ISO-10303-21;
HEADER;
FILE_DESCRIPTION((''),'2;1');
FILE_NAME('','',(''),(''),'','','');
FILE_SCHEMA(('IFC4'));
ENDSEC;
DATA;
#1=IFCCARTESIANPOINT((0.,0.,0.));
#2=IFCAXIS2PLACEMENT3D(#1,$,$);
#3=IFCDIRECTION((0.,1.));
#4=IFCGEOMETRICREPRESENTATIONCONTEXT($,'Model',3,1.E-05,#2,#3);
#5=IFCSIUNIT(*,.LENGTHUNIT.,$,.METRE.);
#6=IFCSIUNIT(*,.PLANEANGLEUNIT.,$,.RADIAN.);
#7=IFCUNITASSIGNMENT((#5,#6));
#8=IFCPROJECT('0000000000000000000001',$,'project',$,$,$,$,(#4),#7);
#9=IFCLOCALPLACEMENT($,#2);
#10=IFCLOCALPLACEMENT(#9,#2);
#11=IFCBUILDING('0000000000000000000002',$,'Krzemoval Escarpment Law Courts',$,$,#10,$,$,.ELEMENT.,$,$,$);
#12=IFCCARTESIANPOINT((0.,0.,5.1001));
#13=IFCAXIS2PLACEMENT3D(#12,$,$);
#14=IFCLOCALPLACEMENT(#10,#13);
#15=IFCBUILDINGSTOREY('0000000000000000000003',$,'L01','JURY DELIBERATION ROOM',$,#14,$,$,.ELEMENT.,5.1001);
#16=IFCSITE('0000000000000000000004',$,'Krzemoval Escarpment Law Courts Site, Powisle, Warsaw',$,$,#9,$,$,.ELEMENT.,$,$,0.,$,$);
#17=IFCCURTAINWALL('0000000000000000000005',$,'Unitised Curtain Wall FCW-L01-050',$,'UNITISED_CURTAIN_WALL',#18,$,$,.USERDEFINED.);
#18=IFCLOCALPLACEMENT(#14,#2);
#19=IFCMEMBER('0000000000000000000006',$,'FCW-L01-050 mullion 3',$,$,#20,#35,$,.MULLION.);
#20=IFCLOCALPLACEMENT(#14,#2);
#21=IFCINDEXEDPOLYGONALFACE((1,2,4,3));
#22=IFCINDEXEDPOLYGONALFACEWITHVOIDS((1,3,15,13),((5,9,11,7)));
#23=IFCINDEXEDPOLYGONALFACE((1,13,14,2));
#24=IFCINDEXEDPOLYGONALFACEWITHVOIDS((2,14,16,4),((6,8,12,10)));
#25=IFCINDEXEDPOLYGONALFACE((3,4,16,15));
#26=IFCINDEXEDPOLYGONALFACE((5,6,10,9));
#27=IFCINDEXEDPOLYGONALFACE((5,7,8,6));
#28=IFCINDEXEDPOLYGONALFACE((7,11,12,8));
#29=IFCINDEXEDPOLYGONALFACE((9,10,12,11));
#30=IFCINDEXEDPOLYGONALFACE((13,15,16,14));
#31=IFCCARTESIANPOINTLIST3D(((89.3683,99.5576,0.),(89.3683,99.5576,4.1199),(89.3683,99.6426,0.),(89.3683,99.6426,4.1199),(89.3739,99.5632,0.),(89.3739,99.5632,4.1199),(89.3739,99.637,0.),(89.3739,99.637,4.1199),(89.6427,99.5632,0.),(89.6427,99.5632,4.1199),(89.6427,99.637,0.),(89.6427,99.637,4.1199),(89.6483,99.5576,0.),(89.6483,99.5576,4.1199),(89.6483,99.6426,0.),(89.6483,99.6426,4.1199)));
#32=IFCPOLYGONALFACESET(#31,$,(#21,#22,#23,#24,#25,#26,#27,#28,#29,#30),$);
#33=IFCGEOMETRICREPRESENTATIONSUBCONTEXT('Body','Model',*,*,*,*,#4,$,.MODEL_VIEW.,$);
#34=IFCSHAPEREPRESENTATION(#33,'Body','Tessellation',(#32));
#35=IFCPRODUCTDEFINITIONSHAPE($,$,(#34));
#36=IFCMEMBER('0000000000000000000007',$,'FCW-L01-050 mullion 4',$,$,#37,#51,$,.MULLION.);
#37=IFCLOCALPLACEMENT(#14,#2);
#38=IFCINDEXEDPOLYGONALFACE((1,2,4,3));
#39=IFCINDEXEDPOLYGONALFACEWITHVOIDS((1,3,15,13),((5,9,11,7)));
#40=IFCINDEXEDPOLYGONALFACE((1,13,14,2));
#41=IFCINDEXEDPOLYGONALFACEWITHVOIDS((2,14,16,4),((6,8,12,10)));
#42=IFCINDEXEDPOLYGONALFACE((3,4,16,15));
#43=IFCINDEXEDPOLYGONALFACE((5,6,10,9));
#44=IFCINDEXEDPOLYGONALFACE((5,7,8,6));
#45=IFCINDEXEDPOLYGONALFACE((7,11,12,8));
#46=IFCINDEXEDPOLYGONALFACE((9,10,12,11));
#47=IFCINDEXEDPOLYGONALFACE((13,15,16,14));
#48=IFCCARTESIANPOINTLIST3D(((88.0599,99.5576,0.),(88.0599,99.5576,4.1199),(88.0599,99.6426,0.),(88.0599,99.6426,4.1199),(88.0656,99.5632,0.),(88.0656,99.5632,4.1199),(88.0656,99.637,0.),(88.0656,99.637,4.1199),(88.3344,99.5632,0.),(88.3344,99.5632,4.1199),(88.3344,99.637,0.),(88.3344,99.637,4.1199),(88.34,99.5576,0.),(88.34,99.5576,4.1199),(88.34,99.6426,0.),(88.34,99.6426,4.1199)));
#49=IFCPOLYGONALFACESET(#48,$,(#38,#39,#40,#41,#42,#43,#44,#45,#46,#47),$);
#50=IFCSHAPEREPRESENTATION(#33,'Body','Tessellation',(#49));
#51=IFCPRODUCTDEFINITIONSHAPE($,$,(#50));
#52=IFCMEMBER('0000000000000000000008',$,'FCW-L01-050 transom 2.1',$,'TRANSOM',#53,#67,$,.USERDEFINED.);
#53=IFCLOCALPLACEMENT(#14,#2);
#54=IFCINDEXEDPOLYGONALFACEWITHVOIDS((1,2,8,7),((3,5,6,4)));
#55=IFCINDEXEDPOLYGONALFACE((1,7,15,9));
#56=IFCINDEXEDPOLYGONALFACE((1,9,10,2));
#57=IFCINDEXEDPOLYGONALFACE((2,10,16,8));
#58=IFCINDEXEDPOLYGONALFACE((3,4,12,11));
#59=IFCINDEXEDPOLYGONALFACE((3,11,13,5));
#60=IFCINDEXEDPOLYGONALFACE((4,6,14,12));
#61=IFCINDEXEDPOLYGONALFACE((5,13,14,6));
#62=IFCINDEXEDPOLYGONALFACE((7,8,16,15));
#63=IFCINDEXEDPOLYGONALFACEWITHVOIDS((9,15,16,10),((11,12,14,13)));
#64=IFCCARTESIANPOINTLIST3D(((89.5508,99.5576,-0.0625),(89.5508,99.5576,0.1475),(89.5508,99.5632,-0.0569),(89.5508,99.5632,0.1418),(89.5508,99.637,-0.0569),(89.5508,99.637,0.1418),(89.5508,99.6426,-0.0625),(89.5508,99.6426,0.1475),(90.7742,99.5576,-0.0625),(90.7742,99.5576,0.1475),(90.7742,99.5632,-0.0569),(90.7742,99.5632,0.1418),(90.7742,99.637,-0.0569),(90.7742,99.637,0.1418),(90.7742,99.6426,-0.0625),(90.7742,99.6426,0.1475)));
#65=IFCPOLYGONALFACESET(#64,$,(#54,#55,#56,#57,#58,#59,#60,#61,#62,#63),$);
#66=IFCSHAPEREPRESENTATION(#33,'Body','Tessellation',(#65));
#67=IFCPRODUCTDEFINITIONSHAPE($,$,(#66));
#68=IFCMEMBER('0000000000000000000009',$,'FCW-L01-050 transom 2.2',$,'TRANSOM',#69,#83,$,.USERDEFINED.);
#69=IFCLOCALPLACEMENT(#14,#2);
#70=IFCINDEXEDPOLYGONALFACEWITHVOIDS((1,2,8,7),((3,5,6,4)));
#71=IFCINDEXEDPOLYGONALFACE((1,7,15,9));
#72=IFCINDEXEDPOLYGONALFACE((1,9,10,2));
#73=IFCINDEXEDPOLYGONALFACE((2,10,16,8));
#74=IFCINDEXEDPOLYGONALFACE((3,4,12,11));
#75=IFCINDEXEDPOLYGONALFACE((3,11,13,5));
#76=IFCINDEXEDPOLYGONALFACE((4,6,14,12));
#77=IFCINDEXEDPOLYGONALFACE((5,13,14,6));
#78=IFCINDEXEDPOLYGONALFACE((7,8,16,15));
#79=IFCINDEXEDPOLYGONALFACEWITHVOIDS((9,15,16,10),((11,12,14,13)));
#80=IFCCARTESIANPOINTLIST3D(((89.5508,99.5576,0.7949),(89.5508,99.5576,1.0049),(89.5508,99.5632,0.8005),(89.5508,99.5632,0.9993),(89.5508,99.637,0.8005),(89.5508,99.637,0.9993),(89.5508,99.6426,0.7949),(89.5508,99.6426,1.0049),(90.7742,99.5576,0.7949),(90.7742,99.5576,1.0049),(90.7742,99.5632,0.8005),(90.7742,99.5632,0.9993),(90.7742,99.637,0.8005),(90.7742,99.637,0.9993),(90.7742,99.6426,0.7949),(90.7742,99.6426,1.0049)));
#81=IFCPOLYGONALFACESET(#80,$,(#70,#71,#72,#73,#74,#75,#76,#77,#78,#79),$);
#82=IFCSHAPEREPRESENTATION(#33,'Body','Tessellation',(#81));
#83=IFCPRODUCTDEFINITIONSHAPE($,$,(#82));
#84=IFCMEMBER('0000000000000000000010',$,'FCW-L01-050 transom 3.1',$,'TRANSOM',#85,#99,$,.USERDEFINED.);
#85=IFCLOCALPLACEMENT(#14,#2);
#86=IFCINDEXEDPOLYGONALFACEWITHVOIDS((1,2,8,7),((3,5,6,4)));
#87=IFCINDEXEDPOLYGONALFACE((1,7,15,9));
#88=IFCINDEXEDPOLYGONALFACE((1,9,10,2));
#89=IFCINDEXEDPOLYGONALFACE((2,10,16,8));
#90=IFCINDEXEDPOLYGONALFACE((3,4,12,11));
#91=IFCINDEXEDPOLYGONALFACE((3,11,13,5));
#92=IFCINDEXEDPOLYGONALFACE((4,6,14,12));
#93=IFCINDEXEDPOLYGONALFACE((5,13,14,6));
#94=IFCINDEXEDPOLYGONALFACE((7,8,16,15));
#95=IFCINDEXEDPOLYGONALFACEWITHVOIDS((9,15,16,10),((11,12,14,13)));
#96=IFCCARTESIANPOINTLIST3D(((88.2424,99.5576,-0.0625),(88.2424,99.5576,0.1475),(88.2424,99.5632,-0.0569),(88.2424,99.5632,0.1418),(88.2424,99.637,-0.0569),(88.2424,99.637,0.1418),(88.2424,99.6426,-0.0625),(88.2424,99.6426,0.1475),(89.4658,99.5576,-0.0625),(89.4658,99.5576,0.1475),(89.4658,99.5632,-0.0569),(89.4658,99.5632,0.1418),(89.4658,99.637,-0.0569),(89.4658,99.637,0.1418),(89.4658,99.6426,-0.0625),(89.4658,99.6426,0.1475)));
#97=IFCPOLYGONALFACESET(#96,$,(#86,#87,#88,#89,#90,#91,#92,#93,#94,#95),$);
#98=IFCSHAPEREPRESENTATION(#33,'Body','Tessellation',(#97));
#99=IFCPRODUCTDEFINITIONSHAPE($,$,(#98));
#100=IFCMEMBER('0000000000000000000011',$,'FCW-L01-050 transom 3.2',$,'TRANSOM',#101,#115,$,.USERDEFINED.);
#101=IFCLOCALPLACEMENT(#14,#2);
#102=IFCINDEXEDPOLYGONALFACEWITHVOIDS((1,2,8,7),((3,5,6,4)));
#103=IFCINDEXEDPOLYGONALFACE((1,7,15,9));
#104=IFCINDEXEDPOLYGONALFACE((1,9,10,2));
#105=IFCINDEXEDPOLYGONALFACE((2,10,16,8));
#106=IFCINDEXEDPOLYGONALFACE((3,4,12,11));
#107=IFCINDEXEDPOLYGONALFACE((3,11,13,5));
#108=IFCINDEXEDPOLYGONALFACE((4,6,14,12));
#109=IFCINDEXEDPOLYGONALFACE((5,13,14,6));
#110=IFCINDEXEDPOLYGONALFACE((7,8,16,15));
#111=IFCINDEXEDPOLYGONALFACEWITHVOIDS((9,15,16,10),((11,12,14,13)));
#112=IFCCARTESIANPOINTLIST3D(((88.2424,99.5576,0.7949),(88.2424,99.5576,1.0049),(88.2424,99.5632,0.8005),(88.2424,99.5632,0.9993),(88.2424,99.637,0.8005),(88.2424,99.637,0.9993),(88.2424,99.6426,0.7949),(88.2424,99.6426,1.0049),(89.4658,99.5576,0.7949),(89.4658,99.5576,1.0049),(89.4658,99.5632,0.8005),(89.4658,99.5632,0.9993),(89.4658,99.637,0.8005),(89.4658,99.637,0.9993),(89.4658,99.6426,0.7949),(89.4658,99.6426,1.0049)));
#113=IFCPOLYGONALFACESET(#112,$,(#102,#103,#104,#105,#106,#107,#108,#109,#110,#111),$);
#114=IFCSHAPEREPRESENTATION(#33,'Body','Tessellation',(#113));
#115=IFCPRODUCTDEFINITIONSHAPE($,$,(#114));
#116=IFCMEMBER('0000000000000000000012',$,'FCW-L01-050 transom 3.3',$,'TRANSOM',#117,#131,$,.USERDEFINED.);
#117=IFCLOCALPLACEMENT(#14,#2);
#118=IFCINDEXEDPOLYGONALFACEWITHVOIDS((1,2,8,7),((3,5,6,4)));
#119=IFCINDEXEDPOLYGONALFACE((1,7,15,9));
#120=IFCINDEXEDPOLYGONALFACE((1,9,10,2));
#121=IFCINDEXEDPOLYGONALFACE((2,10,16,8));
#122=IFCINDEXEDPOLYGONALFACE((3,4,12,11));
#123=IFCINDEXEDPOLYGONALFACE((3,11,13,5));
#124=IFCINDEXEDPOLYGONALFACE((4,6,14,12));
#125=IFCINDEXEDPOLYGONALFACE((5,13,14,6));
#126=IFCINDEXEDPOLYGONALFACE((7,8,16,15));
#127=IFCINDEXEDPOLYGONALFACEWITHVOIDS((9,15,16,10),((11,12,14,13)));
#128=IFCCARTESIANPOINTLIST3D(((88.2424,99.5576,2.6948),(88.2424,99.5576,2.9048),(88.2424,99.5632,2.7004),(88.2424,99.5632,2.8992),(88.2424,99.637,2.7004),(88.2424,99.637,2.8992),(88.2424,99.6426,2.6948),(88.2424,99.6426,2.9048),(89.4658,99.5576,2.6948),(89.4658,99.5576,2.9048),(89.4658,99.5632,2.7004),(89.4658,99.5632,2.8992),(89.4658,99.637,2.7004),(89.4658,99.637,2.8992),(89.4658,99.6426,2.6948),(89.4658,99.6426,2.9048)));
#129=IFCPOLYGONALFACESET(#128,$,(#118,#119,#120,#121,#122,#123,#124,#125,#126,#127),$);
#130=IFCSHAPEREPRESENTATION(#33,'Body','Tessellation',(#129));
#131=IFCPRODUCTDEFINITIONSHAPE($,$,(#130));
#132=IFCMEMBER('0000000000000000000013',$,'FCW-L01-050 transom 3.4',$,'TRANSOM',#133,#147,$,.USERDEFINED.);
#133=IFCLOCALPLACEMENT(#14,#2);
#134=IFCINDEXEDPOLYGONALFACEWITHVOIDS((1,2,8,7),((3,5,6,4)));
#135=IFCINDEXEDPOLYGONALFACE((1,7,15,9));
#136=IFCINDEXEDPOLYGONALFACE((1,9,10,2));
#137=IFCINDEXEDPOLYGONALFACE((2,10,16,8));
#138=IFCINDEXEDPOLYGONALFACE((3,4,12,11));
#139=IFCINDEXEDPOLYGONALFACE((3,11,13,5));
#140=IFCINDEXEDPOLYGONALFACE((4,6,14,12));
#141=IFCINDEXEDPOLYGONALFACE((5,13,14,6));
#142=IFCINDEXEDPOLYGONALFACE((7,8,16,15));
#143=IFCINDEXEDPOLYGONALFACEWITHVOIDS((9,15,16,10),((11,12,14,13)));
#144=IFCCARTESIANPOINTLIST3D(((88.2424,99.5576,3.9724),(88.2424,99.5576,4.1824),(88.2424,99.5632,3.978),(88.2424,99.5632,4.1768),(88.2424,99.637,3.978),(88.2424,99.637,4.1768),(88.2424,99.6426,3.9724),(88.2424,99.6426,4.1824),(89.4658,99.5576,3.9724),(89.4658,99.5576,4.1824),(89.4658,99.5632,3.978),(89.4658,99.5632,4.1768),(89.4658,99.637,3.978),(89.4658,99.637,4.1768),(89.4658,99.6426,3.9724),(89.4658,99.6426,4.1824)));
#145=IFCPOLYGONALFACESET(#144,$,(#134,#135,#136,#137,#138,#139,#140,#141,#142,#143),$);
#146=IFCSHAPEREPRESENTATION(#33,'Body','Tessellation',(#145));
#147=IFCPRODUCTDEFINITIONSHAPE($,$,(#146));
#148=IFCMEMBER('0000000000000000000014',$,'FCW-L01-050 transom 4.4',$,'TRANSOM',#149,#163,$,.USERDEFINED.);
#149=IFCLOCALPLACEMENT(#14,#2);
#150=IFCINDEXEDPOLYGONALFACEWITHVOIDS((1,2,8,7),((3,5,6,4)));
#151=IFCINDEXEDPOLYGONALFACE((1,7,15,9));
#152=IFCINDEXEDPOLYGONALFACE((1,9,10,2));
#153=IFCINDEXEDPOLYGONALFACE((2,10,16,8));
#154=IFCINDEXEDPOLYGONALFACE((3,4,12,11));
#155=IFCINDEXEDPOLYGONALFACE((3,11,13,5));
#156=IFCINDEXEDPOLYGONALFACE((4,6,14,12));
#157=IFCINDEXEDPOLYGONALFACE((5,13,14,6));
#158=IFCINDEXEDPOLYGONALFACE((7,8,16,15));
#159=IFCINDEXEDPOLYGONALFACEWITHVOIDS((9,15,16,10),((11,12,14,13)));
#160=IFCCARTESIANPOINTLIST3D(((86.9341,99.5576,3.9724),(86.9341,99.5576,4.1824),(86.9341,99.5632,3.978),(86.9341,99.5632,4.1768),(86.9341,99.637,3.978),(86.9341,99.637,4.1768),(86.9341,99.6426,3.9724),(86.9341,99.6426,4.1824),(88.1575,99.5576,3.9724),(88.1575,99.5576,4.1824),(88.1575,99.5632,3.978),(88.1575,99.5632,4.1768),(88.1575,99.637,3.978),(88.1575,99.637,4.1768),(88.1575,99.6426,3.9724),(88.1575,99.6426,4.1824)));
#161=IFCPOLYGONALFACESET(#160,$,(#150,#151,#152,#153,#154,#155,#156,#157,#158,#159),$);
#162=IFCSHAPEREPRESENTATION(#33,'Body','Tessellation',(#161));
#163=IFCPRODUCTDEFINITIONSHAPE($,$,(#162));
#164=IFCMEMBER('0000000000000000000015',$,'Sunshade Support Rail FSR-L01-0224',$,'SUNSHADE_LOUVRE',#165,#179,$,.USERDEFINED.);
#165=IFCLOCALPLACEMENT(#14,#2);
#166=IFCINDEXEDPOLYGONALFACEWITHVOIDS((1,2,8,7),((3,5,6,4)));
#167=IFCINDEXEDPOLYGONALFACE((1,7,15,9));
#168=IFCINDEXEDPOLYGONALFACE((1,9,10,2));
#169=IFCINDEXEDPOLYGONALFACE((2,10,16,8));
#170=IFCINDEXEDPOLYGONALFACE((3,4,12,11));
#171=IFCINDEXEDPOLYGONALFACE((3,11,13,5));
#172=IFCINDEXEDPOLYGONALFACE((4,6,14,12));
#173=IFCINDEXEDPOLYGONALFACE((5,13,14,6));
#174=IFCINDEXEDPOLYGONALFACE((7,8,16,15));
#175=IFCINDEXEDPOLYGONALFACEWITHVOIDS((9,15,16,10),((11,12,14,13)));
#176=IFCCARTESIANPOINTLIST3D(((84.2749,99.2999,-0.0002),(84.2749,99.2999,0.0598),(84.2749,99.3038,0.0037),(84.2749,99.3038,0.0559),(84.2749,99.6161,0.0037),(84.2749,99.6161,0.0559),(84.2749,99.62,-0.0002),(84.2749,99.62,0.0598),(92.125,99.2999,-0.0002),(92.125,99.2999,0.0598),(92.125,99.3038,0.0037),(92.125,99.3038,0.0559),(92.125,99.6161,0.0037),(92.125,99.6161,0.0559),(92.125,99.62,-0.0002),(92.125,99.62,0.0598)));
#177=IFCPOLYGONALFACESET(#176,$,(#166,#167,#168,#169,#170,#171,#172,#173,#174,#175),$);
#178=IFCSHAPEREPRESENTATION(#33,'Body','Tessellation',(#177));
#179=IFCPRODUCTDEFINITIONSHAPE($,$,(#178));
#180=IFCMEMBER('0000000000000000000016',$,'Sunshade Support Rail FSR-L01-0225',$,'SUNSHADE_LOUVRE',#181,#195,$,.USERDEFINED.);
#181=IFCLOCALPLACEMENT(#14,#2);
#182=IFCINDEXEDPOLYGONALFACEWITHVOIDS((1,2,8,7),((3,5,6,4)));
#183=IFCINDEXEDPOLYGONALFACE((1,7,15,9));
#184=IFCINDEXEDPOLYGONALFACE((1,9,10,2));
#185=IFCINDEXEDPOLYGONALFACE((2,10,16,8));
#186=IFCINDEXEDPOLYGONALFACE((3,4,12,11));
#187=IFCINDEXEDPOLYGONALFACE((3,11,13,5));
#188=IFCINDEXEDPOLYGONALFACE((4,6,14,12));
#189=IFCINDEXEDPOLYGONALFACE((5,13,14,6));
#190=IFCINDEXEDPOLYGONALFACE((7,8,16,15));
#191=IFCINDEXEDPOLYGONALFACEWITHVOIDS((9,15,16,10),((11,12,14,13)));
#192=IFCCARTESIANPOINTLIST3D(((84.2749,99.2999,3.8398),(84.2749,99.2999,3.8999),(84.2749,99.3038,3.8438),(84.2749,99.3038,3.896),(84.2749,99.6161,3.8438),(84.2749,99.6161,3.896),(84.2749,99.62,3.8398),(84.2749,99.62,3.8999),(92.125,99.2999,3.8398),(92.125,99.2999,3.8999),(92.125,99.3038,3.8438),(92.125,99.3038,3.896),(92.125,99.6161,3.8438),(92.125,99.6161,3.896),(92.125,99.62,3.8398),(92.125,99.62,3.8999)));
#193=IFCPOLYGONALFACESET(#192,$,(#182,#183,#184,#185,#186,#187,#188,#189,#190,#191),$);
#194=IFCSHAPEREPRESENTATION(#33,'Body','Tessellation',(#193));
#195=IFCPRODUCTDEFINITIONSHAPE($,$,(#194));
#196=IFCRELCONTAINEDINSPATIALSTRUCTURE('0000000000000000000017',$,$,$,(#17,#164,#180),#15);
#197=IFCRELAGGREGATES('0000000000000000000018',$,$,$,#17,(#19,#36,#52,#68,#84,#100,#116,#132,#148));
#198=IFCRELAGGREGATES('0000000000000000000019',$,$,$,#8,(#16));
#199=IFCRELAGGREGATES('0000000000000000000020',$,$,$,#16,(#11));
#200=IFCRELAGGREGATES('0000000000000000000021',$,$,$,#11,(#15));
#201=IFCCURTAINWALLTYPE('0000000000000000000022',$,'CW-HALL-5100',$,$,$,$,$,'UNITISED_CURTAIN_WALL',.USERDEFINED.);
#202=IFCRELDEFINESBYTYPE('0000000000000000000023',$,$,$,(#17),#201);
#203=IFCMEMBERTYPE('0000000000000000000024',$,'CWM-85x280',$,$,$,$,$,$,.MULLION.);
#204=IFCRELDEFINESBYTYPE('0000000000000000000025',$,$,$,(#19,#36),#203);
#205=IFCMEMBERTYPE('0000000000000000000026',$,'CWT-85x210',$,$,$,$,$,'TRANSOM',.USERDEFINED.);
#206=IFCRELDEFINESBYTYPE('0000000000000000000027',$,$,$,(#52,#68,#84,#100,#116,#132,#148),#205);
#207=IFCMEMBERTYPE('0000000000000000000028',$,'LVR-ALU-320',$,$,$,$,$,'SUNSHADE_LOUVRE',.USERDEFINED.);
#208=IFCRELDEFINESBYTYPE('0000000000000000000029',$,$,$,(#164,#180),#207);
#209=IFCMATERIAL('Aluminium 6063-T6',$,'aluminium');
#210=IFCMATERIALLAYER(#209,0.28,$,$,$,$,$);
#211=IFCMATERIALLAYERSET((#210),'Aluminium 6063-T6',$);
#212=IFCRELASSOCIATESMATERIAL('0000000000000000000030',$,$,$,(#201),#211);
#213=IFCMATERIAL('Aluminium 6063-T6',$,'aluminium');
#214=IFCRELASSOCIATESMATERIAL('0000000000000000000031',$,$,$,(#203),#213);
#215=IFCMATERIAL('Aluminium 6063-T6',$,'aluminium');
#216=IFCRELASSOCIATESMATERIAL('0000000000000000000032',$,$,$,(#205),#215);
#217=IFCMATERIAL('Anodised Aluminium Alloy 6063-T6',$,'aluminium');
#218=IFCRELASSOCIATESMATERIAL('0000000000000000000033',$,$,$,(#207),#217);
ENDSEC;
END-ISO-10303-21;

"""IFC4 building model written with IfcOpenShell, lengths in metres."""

from ifc_helpers import new_model, si_unit, direction, frame, origin, origin_2d, place, context, subcontext, project, spatial, hollow_rectangle, extrude, material, layer, layer_set, material_profile, profile_set, type_object, element, aggregate, save


model = new_model("IFC4")

# Units and contexts
model_context = context("Model", 3, precision=1e-05, world=origin(), true_north=direction((0.0, 1.0)))
body_context = subcontext(model_context, "Body", "Model", "MODEL_VIEW")
ifc_project = project(units=[si_unit("LENGTHUNIT", "METRE"), si_unit("PLANEANGLEUNIT", "RADIAN")], contexts=[model_context])

# Site, building, storey
site_placement = place(None, origin())
site = spatial("IfcSite", under=ifc_project, at=site_placement, Name="Krzemoval Escarpment Law Courts Site, Powisle, Warsaw", CompositionType="ELEMENT", RefElevation=0.0)
building_placement = place(site_placement, origin())
building = spatial("IfcBuilding", under=site, at=building_placement, Name="Krzemoval Escarpment Law Courts", CompositionType="ELEMENT")
storey_placement = place(building_placement, frame((0.0, 0.0, 5.1001)))
storey = spatial("IfcBuildingStorey", under=building, at=storey_placement, Name="L01", Description="JURY DELIBERATION ROOM", CompositionType="ELEMENT", Elevation=5.1001)

# Curtain wall, members
ifc_material_1 = material(Name="Aluminium 6063-T6", Category="aluminium")
ifc_layer_1 = layer(ifc_material_1, 0.28)
ifc_layer_set_1 = layer_set([ifc_layer_1], Name="Aluminium 6063-T6")
curtain_wall_type = type_object("IfcCurtainWallType", Name="CW-HALL-5100", ElementType="UNITISED_CURTAIN_WALL", PredefinedType="USERDEFINED", material=ifc_layer_set_1)
curtain_wall_placement = place(storey_placement, origin())
curtain_wall = element("IfcCurtainWall", 1, at=curtain_wall_placement, inside=storey, type_object=curtain_wall_type, Name="Unitised Curtain Wall FCW-L01-050", ObjectType="UNITISED_CURTAIN_WALL", PredefinedType="USERDEFINED")
ifc_material_2 = material(Name="Aluminium 6063-T6", Category="aluminium")
ifc_material_profile_1 = material_profile(ifc_material_2, hollow_rectangle(XDim=0.085, YDim=0.28, WallThickness=0.0056, at=origin_2d()), Name="ALU M85x280")
ifc_profile_set_1 = profile_set([ifc_material_profile_1], Name="Aluminium 6063-T6")
member_type_1 = type_object("IfcMemberType", Name="CWM-85x280", PredefinedType="MULLION", material=ifc_profile_set_1)
member_1_placement = place(storey_placement, frame((89.5083, 99.6001, 0.0), z_axis=(0.0, 0.0, 1.0), x_axis=(0.0, -1.0, 0.0)))
member_1 = element("IfcMember", 2, at=member_1_placement, type_object=member_type_1, Name="FCW-L01-050 mullion 3", PredefinedType="MULLION", context=body_context, shape_type="SweptSolid", body=[
    extrude(hollow_rectangle(XDim=0.085, YDim=0.28, WallThickness=0.0056, at=origin_2d()), origin(), (0.0, 0.0, 1.0), 4.1199),
])
member_2_placement = place(storey_placement, frame((88.2, 99.6001, 0.0), z_axis=(0.0, 0.0, 1.0), x_axis=(0.0, -1.0, 0.0)))
member_2 = element("IfcMember", 3, at=member_2_placement, type_object=member_type_1, Name="FCW-L01-050 mullion 4", PredefinedType="MULLION", context=body_context, shape_type="SweptSolid", body=[
    extrude(hollow_rectangle(XDim=0.085, YDim=0.28, WallThickness=0.0056, at=origin_2d()), origin(), (0.0, 0.0, 1.0), 4.1199),
])
ifc_material_3 = material(Name="Aluminium 6063-T6", Category="aluminium")
ifc_material_profile_2 = material_profile(ifc_material_3, hollow_rectangle(XDim=0.085, YDim=0.21, WallThickness=0.0056, at=origin_2d()), Name="ALU T85x210")
ifc_profile_set_2 = profile_set([ifc_material_profile_2], Name="Aluminium 6063-T6")
member_type_2 = type_object("IfcMemberType", Name="CWT-85x210", ElementType="TRANSOM", PredefinedType="USERDEFINED", material=ifc_profile_set_2)
member_3_placement = place(storey_placement, frame((90.7742, 99.6001, 0.0425), z_axis=(-1.0, 0.0, 0.0), x_axis=(0.0, -1.0, 0.0)))
member_3 = element("IfcMember", 4, at=member_3_placement, type_object=member_type_2, Name="FCW-L01-050 transom 2.1", ObjectType="TRANSOM", PredefinedType="USERDEFINED", context=body_context, shape_type="SweptSolid", body=[
    extrude(hollow_rectangle(XDim=0.085, YDim=0.21, WallThickness=0.0056, at=origin_2d()), origin(), (0.0, 0.0, 1.0), 1.2234),
])
member_4_placement = place(storey_placement, frame((90.7742, 99.6001, 0.8999), z_axis=(-1.0, 0.0, 0.0), x_axis=(0.0, -1.0, 0.0)))
member_4 = element("IfcMember", 5, at=member_4_placement, type_object=member_type_2, Name="FCW-L01-050 transom 2.2", ObjectType="TRANSOM", PredefinedType="USERDEFINED", context=body_context, shape_type="SweptSolid", body=[
    extrude(hollow_rectangle(XDim=0.085, YDim=0.21, WallThickness=0.0056, at=origin_2d()), origin(), (0.0, 0.0, 1.0), 1.2234),
])
member_5_placement = place(storey_placement, frame((89.4658, 99.6001, 0.0425), z_axis=(-1.0, 0.0, 0.0), x_axis=(0.0, -1.0, 0.0)))
member_5 = element("IfcMember", 6, at=member_5_placement, type_object=member_type_2, Name="FCW-L01-050 transom 3.1", ObjectType="TRANSOM", PredefinedType="USERDEFINED", context=body_context, shape_type="SweptSolid", body=[
    extrude(hollow_rectangle(XDim=0.085, YDim=0.21, WallThickness=0.0056, at=origin_2d()), origin(), (0.0, 0.0, 1.0), 1.2234),
])
member_6_placement = place(storey_placement, frame((89.4658, 99.6001, 0.8999), z_axis=(-1.0, 0.0, 0.0), x_axis=(0.0, -1.0, 0.0)))
member_6 = element("IfcMember", 7, at=member_6_placement, type_object=member_type_2, Name="FCW-L01-050 transom 3.2", ObjectType="TRANSOM", PredefinedType="USERDEFINED", context=body_context, shape_type="SweptSolid", body=[
    extrude(hollow_rectangle(XDim=0.085, YDim=0.21, WallThickness=0.0056, at=origin_2d()), origin(), (0.0, 0.0, 1.0), 1.2234),
])
member_7_placement = place(storey_placement, frame((89.4658, 99.6001, 2.7998), z_axis=(-1.0, 0.0, 0.0), x_axis=(0.0, -1.0, 0.0)))
member_7 = element("IfcMember", 8, at=member_7_placement, type_object=member_type_2, Name="FCW-L01-050 transom 3.3", ObjectType="TRANSOM", PredefinedType="USERDEFINED", context=body_context, shape_type="SweptSolid", body=[
    extrude(hollow_rectangle(XDim=0.085, YDim=0.21, WallThickness=0.0056, at=origin_2d()), origin(), (0.0, 0.0, 1.0), 1.2234),
])
member_8_placement = place(storey_placement, frame((89.4658, 99.6001, 4.0774), z_axis=(-1.0, 0.0, 0.0), x_axis=(0.0, -1.0, 0.0)))
member_8 = element("IfcMember", 9, at=member_8_placement, type_object=member_type_2, Name="FCW-L01-050 transom 3.4", ObjectType="TRANSOM", PredefinedType="USERDEFINED", context=body_context, shape_type="SweptSolid", body=[
    extrude(hollow_rectangle(XDim=0.085, YDim=0.21, WallThickness=0.0056, at=origin_2d()), origin(), (0.0, 0.0, 1.0), 1.2234),
])
member_9_placement = place(storey_placement, frame((88.1575, 99.6001, 4.0774), z_axis=(-1.0, 0.0, 0.0), x_axis=(0.0, -1.0, 0.0)))
member_9 = element("IfcMember", 10, at=member_9_placement, type_object=member_type_2, Name="FCW-L01-050 transom 4.4", ObjectType="TRANSOM", PredefinedType="USERDEFINED", context=body_context, shape_type="SweptSolid", body=[
    extrude(hollow_rectangle(XDim=0.085, YDim=0.21, WallThickness=0.0056, at=origin_2d()), origin(), (0.0, 0.0, 1.0), 1.2234),
])

# Members
ifc_material_4 = material(Name="Anodised Aluminium Alloy 6063-T6", Category="aluminium")
ifc_material_profile_3 = material_profile(ifc_material_4, hollow_rectangle(XDim=0.0601, YDim=0.3201, WallThickness=0.0039, at=origin_2d()), Name="ALU LVR 60x320")
ifc_profile_set_3 = profile_set([ifc_material_profile_3], Name="Anodised Aluminium Alloy 6063-T6")
member_type_3 = type_object("IfcMemberType", Name="LVR-ALU-320", ElementType="SUNSHADE_LOUVRE", PredefinedType="USERDEFINED", material=ifc_profile_set_3)
for number, where, z_axis, x_axis, name in (
    (11, (92.125, 99.46, 0.0298), (-1.0, 0.0, 0.0), (0.0, 0.0, 1.0), "Sunshade Support Rail FSR-L01-0224"),
    (12, (92.125, 99.46, 3.8699), (-1.0, 0.0, 0.0), (0.0, 0.0, 1.0), "Sunshade Support Rail FSR-L01-0225"),
):
    element("IfcMember", number, at=place(storey_placement, frame(where, z_axis=z_axis, x_axis=x_axis)), inside=storey, type_object=member_type_3, Name=name, ObjectType="SUNSHADE_LOUVRE", PredefinedType="USERDEFINED", context=body_context, shape_type="SweptSolid", body=[
        extrude(hollow_rectangle(XDim=0.0601, YDim=0.3201, WallThickness=0.0039, at=origin_2d()), origin(), (0.0, 0.0, 1.0), 7.8501),
    ])

aggregate(curtain_wall, [member_1, member_2, member_3, member_4, member_5, member_6, member_7, member_8, member_9])

save(model, "model.ifc")
